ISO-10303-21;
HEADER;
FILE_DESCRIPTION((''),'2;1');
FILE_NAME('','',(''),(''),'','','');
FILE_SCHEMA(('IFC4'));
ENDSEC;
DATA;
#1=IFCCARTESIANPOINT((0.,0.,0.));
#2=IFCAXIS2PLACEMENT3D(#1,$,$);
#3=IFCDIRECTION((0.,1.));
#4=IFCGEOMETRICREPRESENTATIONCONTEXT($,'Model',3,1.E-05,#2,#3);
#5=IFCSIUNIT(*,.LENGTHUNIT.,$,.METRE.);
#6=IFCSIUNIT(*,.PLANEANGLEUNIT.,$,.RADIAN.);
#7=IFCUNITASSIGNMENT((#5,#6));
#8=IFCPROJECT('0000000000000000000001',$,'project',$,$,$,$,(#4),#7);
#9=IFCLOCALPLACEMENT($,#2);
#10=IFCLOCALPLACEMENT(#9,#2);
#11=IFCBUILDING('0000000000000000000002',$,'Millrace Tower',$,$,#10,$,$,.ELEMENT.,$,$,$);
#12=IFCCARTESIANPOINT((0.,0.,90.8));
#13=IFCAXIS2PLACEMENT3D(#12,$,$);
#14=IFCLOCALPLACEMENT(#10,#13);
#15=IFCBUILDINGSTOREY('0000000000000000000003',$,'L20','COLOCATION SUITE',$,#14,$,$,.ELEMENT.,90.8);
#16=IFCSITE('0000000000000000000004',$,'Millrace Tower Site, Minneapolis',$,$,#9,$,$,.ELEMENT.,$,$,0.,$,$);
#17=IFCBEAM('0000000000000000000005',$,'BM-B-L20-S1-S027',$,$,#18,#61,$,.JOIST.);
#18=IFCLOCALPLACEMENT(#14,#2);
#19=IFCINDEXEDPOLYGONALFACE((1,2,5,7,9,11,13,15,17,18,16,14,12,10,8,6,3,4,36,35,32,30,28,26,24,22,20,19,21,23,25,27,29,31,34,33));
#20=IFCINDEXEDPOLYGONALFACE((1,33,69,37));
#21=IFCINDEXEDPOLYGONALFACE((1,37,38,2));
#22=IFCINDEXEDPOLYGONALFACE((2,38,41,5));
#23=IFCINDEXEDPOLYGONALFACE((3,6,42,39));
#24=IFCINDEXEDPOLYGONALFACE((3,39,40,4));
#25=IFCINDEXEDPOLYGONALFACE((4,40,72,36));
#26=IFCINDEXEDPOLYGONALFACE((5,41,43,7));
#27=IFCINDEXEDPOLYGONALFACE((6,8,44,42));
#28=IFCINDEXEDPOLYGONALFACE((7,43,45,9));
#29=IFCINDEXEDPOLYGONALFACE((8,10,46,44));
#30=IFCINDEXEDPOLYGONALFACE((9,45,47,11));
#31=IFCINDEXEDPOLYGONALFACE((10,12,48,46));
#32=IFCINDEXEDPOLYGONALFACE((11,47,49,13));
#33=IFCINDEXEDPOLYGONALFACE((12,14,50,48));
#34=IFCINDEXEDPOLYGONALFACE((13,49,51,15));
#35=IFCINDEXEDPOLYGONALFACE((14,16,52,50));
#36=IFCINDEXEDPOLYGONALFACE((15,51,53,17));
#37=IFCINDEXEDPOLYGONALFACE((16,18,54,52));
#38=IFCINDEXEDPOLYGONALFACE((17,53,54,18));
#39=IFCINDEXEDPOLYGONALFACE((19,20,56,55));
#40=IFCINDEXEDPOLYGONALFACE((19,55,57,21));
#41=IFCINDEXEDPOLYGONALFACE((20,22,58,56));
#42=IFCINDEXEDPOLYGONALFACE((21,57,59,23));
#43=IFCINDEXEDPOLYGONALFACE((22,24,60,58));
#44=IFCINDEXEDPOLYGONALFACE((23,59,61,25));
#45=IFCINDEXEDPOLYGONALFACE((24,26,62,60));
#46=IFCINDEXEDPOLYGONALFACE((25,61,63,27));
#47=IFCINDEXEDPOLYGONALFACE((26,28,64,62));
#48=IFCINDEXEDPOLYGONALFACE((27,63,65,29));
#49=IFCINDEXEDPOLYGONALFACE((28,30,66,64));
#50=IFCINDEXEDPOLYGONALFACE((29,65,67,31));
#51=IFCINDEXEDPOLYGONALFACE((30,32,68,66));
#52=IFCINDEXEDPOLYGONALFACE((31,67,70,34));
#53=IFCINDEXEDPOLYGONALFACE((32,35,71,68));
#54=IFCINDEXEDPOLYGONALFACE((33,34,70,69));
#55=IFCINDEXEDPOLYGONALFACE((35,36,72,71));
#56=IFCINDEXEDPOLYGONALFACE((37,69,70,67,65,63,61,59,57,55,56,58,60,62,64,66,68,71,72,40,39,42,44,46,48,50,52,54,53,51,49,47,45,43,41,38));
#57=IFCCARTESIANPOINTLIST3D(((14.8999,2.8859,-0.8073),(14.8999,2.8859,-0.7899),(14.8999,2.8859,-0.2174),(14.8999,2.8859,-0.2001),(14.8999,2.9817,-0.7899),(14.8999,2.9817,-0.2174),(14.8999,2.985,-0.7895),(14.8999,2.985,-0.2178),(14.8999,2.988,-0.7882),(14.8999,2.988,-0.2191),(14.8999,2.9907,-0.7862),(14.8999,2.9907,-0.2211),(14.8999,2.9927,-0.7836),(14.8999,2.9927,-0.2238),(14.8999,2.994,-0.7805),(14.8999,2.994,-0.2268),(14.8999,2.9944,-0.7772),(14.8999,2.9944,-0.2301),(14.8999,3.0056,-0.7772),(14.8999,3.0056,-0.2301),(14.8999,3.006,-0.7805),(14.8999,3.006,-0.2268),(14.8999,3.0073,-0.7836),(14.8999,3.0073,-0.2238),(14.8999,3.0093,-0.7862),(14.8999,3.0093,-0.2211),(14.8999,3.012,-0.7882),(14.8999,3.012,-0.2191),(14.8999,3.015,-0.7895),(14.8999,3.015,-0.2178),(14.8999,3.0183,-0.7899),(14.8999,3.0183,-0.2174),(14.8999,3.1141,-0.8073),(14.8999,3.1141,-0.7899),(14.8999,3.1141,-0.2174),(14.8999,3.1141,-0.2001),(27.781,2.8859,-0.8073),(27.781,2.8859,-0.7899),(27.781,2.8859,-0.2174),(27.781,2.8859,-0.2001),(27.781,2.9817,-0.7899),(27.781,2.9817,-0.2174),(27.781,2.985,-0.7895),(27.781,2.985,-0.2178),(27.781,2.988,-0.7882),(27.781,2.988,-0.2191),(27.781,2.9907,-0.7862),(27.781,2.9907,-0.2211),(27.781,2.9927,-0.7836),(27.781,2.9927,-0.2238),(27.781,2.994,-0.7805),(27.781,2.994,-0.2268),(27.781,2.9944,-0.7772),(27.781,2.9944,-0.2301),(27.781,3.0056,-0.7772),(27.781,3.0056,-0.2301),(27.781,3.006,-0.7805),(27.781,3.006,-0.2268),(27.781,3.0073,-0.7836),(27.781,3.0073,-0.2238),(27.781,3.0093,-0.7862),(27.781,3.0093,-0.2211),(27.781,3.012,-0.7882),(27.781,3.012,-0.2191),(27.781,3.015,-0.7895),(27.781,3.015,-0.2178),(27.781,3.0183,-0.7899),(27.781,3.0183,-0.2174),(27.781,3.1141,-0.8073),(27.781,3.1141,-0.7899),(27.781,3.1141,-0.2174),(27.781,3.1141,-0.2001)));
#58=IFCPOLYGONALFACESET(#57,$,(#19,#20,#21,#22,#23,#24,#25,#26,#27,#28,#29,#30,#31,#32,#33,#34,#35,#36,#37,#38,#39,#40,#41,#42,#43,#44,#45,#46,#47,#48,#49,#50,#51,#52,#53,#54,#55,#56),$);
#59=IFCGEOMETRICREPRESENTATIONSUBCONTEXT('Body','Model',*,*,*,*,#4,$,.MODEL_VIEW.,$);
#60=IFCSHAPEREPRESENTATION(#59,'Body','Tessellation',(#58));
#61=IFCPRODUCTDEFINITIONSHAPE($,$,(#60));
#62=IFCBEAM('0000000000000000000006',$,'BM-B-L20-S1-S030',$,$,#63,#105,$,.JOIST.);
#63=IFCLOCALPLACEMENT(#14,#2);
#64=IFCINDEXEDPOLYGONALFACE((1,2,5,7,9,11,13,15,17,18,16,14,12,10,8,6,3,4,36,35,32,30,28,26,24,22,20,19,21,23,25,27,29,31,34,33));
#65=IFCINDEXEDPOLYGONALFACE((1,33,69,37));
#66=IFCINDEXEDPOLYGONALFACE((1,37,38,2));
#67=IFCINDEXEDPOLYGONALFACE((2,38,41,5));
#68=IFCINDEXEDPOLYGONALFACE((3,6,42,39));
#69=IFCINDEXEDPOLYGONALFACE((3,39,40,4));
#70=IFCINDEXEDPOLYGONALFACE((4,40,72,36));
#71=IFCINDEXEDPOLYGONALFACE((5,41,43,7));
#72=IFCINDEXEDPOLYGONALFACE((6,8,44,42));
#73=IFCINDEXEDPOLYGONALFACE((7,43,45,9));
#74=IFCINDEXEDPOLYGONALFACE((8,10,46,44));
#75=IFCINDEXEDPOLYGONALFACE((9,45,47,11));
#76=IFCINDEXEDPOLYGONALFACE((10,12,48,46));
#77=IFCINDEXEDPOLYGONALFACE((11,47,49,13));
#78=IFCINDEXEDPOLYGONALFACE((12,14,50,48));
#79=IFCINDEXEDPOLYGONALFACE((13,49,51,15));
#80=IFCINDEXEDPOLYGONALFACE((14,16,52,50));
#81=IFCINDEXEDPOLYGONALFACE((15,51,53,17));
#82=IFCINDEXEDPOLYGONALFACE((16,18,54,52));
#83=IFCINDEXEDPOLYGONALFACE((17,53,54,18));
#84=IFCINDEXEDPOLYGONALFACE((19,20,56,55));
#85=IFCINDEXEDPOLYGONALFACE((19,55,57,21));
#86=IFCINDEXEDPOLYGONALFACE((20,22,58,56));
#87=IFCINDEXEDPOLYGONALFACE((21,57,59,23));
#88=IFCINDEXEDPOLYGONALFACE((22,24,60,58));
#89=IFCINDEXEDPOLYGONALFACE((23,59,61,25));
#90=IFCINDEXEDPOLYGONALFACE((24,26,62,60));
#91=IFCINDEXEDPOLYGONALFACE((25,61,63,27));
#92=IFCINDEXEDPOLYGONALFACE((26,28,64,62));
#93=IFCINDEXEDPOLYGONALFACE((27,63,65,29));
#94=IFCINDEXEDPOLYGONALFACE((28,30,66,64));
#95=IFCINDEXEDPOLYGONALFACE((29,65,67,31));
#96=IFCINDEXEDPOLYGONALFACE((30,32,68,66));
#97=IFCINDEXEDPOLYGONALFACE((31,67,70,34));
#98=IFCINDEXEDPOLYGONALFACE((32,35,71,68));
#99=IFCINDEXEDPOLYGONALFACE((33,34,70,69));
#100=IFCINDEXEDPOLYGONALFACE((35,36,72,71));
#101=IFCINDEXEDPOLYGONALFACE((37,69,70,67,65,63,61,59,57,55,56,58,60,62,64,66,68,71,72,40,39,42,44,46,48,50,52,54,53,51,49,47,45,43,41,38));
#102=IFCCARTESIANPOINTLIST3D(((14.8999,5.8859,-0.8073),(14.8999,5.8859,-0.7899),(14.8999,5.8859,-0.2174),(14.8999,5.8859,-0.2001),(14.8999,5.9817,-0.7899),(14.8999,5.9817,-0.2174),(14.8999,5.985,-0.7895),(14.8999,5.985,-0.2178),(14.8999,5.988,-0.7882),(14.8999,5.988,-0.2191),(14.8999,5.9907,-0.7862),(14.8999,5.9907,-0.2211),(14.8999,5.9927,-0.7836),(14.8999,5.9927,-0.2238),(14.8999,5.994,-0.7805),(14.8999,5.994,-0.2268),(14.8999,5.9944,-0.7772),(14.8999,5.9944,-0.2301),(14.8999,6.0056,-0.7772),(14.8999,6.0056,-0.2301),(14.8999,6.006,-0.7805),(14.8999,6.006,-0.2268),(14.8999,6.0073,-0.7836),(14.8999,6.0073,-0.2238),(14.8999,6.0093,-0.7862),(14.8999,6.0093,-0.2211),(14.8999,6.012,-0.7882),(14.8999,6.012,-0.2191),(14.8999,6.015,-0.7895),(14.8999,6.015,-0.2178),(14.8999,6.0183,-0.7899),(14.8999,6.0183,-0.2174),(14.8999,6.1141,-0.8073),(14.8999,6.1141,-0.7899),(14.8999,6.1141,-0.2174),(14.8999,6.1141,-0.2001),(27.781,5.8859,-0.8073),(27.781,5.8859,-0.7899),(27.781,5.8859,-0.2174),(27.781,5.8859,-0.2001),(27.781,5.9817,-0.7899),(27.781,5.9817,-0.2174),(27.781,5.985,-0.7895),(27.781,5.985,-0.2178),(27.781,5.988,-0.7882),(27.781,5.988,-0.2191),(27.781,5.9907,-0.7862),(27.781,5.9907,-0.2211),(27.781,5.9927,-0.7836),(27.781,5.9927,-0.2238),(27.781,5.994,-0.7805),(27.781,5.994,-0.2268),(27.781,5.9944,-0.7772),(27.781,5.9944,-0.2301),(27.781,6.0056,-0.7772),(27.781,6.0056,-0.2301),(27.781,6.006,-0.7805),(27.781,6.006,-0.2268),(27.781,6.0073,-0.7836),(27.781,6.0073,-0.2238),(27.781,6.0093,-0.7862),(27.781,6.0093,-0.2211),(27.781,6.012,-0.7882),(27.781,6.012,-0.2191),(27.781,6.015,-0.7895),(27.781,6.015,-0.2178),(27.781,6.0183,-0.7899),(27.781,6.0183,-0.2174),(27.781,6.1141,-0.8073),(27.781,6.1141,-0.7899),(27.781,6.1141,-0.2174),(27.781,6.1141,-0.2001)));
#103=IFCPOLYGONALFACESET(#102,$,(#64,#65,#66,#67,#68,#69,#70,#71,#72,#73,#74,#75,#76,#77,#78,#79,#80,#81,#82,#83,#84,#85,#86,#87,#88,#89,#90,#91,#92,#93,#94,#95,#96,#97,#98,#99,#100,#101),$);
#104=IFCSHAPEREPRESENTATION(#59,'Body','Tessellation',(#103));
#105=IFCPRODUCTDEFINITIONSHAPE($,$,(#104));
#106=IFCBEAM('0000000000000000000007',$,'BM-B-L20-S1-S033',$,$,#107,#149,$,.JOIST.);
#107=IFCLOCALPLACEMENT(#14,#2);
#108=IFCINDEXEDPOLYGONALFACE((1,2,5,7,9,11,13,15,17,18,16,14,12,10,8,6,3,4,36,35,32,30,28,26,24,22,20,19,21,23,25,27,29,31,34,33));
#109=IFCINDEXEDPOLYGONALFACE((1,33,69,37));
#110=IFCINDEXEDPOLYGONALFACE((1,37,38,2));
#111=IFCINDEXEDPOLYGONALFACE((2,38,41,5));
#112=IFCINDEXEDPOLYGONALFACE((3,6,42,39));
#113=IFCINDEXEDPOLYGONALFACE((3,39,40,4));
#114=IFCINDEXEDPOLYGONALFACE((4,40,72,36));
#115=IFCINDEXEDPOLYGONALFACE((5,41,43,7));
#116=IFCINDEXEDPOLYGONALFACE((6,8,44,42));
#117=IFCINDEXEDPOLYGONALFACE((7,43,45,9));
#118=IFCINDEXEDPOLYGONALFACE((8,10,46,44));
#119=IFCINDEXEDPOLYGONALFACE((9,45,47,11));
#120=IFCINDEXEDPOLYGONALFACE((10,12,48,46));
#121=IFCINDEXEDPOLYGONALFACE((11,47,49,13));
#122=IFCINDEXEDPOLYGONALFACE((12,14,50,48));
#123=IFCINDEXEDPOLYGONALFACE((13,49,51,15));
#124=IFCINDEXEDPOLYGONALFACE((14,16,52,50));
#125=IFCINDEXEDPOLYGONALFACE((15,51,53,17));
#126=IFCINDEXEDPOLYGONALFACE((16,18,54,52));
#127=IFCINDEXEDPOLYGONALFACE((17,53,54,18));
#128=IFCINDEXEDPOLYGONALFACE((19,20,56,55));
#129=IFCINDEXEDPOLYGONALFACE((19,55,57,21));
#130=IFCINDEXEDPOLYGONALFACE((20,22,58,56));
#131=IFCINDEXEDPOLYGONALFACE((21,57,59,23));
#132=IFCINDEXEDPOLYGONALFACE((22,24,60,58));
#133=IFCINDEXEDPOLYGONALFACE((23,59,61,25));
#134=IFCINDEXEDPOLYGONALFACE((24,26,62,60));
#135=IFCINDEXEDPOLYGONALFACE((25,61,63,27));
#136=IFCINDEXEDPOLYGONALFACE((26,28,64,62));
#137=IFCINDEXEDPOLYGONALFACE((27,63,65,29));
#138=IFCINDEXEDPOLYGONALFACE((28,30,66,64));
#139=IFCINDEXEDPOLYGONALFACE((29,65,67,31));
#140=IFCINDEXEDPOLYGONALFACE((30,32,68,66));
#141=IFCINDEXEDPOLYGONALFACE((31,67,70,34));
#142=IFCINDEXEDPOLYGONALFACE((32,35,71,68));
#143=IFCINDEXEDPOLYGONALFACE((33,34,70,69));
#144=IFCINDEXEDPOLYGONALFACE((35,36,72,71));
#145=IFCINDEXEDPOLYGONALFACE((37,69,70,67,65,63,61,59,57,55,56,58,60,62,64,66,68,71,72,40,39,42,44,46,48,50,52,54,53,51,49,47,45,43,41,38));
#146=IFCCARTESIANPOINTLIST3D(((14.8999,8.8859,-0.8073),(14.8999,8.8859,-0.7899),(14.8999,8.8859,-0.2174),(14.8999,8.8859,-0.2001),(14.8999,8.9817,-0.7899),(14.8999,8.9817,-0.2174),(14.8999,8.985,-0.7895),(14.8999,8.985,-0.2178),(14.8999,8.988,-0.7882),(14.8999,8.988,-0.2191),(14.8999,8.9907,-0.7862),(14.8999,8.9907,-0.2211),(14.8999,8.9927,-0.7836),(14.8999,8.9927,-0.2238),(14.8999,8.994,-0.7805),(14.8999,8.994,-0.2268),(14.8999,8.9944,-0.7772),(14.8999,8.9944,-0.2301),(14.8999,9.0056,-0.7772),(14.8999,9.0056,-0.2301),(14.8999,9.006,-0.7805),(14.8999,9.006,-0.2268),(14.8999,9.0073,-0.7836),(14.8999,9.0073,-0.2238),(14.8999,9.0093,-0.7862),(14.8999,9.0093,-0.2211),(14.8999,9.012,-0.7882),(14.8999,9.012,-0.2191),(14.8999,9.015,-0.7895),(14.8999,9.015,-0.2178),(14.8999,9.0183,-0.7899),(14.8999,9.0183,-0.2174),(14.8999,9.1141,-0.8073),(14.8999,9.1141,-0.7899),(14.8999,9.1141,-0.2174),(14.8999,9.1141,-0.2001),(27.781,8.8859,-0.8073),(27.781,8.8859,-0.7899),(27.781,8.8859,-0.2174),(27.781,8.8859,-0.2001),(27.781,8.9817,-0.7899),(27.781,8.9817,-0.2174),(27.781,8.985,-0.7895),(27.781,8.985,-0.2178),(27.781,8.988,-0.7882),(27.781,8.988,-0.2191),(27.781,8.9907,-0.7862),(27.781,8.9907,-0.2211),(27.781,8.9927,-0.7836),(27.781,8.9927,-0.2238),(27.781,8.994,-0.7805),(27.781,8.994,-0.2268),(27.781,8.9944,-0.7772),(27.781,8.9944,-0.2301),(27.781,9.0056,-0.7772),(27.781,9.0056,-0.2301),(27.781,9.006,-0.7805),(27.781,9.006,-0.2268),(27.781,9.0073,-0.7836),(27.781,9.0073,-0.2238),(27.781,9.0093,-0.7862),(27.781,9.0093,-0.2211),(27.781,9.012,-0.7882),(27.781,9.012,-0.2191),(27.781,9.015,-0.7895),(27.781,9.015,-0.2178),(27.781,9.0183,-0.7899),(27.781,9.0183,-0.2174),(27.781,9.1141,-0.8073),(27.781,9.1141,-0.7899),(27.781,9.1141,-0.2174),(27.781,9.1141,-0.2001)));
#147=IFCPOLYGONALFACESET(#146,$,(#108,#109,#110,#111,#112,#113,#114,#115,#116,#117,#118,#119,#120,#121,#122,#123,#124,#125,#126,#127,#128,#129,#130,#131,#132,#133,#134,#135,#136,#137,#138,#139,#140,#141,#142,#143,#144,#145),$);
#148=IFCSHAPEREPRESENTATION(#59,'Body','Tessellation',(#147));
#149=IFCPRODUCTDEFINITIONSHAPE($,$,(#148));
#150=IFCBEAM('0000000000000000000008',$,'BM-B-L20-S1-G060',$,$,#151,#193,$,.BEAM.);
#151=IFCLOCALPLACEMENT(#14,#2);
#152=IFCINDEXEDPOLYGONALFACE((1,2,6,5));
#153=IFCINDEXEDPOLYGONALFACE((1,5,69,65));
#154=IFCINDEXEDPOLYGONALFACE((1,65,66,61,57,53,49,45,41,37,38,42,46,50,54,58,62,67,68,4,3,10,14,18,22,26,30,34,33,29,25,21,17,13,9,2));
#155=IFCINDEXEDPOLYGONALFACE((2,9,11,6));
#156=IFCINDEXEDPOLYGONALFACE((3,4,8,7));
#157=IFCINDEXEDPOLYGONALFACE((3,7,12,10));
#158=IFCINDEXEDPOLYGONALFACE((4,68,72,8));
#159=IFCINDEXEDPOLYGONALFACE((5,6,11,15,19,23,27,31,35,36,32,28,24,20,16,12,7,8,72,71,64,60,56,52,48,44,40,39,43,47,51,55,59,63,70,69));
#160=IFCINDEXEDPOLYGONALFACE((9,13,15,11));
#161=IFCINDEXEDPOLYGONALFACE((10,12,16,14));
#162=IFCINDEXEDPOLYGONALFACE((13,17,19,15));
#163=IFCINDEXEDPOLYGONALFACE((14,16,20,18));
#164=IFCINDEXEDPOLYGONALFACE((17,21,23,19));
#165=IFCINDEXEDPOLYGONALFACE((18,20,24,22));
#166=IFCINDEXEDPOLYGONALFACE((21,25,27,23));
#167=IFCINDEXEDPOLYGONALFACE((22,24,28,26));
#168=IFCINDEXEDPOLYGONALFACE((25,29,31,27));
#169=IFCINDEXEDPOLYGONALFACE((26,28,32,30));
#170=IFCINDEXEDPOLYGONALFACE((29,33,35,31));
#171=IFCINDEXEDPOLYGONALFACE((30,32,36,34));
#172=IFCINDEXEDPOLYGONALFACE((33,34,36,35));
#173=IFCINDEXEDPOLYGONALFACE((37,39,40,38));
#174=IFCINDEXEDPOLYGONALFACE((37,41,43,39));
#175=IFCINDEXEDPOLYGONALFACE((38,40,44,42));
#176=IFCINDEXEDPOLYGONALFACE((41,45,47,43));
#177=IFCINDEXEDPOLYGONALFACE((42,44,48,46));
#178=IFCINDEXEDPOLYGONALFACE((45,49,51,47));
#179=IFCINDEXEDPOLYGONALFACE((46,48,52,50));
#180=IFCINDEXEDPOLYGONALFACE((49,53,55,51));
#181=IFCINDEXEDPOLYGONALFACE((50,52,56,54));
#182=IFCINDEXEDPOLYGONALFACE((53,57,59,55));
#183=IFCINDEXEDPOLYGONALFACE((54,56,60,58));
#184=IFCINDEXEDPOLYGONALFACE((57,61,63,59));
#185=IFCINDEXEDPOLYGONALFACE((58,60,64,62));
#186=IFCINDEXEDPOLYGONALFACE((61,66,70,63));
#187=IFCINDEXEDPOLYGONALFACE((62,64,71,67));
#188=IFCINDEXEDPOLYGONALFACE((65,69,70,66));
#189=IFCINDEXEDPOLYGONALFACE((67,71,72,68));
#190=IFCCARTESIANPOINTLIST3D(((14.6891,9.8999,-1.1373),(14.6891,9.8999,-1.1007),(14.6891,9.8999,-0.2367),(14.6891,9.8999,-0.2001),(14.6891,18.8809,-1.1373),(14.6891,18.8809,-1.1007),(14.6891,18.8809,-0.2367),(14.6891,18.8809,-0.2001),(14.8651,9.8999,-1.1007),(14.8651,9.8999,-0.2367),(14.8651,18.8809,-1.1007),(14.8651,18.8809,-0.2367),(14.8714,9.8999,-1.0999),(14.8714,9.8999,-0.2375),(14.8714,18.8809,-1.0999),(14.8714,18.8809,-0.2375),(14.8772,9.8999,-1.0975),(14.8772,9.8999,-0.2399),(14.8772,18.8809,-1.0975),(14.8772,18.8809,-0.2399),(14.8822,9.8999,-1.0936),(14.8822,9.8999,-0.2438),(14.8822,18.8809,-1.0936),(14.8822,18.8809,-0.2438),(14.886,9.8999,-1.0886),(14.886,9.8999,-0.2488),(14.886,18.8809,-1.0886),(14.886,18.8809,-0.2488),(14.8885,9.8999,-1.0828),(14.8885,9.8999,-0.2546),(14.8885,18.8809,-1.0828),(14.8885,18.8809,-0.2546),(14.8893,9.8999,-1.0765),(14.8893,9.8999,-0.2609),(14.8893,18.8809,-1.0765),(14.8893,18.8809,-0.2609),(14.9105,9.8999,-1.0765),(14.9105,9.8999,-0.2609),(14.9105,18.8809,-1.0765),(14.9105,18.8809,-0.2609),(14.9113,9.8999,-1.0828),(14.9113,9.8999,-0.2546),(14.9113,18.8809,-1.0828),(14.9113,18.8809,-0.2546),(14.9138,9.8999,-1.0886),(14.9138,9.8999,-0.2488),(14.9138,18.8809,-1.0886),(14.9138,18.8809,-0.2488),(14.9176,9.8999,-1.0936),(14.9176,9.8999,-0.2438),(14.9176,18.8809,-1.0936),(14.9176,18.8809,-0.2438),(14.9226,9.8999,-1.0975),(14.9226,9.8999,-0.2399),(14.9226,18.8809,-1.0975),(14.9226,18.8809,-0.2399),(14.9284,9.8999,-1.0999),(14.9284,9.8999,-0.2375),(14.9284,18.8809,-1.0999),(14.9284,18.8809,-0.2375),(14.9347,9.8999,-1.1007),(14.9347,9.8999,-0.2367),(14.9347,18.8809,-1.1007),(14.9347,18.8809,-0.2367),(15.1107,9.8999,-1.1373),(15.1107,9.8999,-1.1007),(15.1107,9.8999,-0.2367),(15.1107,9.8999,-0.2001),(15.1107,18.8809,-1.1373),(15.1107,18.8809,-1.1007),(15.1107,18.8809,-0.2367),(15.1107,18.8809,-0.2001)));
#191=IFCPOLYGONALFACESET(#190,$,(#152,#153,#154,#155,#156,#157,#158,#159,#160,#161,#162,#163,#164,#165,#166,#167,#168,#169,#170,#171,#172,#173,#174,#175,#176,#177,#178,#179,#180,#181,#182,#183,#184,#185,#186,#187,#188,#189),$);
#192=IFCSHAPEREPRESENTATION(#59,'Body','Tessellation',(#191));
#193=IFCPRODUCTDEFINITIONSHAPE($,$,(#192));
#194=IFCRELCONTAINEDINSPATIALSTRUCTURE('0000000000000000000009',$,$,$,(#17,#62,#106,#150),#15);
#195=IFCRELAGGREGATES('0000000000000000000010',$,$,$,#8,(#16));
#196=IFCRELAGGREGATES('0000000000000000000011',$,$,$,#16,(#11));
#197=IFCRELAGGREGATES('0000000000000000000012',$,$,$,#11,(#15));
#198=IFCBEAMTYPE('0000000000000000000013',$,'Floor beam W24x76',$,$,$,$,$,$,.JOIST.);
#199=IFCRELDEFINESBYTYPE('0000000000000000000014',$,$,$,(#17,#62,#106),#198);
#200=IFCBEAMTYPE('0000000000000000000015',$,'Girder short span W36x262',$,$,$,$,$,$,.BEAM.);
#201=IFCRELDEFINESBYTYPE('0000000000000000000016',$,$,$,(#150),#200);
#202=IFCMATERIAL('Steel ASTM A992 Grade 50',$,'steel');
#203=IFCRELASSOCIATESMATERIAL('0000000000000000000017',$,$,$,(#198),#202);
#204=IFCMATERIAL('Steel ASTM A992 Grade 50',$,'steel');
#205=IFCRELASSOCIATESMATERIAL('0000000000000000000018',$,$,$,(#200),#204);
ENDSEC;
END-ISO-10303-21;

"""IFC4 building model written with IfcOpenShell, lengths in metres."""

from ifc_helpers import new_model, si_unit, direction, frame, origin, origin_2d, place, context, subcontext, project, spatial, i_section, extrude, material, material_profile, profile_set, type_object, element, save


model = new_model("IFC4")

# Units and contexts
model_context = context("Model", 3, precision=1e-05, world=origin(), true_north=direction((0.0, 1.0)))
body_context = subcontext(model_context, "Body", "Model", "MODEL_VIEW")
ifc_project = project(units=[si_unit("LENGTHUNIT", "METRE"), si_unit("PLANEANGLEUNIT", "RADIAN")], contexts=[model_context])

# Site, building, storey
site_placement = place(None, origin())
site = spatial("IfcSite", under=ifc_project, at=site_placement, Name="Millrace Tower Site, Minneapolis", CompositionType="ELEMENT", RefElevation=0.0)
building_placement = place(site_placement, origin())
building = spatial("IfcBuilding", under=site, at=building_placement, Name="Millrace Tower", CompositionType="ELEMENT")
storey_placement = place(building_placement, frame((0.0, 0.0, 90.8)))
storey = spatial("IfcBuildingStorey", under=building, at=storey_placement, Name="L20", Description="COLOCATION SUITE", CompositionType="ELEMENT", Elevation=90.8)

# Beams
ifc_material_1 = material(Name="Steel ASTM A992 Grade 50", Category="steel")
ifc_material_profile_1 = material_profile(ifc_material_1, i_section(OverallWidth=0.2283, OverallDepth=0.6072, WebThickness=0.0112, FlangeThickness=0.0173, FilletRadius=0.0127, at=origin_2d()))
ifc_profile_set_1 = profile_set([ifc_material_profile_1], Name="Steel ASTM A992 Grade 50")
beam_type_1 = type_object("IfcBeamType", Name="Floor beam W24x76", PredefinedType="JOIST", material=ifc_profile_set_1)
for number, where, z_axis, x_axis, name in (
    (1, (14.8999, 3.0, -0.5037), (1.0, 0.0, 0.0), (0.0, 1.0, 0.0), "BM-B-L20-S1-S027"),
    (2, (14.8999, 6.0, -0.5037), (1.0, 0.0, 0.0), (0.0, 1.0, 0.0), "BM-B-L20-S1-S030"),
    (3, (14.8999, 9.0, -0.5037), (1.0, 0.0, 0.0), (0.0, 1.0, 0.0), "BM-B-L20-S1-S033"),
):
    element("IfcBeam", number, at=place(storey_placement, frame(where, z_axis=z_axis, x_axis=x_axis)), inside=storey, type_object=beam_type_1, Name=name, PredefinedType="JOIST", context=body_context, shape_type="SweptSolid", body=[
        extrude(i_section(OverallWidth=0.2283, OverallDepth=0.6072, WebThickness=0.0112, FlangeThickness=0.0173, FilletRadius=0.0127, at=origin_2d()), origin(), (0.0, 0.0, 1.0), 12.8811),
    ])
ifc_material_2 = material(Name="Steel ASTM A992 Grade 50", Category="steel")
ifc_material_profile_2 = material_profile(ifc_material_2, i_section(OverallWidth=0.4216, OverallDepth=0.9373, WebThickness=0.0212, FlangeThickness=0.0366, FilletRadius=0.0242, at=origin_2d()))
ifc_profile_set_2 = profile_set([ifc_material_profile_2], Name="Steel ASTM A992 Grade 50")
beam_type_2 = type_object("IfcBeamType", Name="Girder short span W36x262", PredefinedType="BEAM", material=ifc_profile_set_2)
beam_1_placement = place(storey_placement, frame((14.8999, 9.8999, -0.6687), z_axis=(0.0, 1.0, 0.0), x_axis=(-1.0, 0.0, 0.0)))
element("IfcBeam", 4, at=beam_1_placement, inside=storey, type_object=beam_type_2, Name="BM-B-L20-S1-G060", PredefinedType="BEAM", context=body_context, shape_type="SweptSolid", body=[
    extrude(i_section(OverallWidth=0.4216, OverallDepth=0.9373, WebThickness=0.0212, FlangeThickness=0.0366, FilletRadius=0.0242, at=origin_2d()), origin(), (0.0, 0.0, 1.0), 8.981),
])

save(model, "model.ifc")
